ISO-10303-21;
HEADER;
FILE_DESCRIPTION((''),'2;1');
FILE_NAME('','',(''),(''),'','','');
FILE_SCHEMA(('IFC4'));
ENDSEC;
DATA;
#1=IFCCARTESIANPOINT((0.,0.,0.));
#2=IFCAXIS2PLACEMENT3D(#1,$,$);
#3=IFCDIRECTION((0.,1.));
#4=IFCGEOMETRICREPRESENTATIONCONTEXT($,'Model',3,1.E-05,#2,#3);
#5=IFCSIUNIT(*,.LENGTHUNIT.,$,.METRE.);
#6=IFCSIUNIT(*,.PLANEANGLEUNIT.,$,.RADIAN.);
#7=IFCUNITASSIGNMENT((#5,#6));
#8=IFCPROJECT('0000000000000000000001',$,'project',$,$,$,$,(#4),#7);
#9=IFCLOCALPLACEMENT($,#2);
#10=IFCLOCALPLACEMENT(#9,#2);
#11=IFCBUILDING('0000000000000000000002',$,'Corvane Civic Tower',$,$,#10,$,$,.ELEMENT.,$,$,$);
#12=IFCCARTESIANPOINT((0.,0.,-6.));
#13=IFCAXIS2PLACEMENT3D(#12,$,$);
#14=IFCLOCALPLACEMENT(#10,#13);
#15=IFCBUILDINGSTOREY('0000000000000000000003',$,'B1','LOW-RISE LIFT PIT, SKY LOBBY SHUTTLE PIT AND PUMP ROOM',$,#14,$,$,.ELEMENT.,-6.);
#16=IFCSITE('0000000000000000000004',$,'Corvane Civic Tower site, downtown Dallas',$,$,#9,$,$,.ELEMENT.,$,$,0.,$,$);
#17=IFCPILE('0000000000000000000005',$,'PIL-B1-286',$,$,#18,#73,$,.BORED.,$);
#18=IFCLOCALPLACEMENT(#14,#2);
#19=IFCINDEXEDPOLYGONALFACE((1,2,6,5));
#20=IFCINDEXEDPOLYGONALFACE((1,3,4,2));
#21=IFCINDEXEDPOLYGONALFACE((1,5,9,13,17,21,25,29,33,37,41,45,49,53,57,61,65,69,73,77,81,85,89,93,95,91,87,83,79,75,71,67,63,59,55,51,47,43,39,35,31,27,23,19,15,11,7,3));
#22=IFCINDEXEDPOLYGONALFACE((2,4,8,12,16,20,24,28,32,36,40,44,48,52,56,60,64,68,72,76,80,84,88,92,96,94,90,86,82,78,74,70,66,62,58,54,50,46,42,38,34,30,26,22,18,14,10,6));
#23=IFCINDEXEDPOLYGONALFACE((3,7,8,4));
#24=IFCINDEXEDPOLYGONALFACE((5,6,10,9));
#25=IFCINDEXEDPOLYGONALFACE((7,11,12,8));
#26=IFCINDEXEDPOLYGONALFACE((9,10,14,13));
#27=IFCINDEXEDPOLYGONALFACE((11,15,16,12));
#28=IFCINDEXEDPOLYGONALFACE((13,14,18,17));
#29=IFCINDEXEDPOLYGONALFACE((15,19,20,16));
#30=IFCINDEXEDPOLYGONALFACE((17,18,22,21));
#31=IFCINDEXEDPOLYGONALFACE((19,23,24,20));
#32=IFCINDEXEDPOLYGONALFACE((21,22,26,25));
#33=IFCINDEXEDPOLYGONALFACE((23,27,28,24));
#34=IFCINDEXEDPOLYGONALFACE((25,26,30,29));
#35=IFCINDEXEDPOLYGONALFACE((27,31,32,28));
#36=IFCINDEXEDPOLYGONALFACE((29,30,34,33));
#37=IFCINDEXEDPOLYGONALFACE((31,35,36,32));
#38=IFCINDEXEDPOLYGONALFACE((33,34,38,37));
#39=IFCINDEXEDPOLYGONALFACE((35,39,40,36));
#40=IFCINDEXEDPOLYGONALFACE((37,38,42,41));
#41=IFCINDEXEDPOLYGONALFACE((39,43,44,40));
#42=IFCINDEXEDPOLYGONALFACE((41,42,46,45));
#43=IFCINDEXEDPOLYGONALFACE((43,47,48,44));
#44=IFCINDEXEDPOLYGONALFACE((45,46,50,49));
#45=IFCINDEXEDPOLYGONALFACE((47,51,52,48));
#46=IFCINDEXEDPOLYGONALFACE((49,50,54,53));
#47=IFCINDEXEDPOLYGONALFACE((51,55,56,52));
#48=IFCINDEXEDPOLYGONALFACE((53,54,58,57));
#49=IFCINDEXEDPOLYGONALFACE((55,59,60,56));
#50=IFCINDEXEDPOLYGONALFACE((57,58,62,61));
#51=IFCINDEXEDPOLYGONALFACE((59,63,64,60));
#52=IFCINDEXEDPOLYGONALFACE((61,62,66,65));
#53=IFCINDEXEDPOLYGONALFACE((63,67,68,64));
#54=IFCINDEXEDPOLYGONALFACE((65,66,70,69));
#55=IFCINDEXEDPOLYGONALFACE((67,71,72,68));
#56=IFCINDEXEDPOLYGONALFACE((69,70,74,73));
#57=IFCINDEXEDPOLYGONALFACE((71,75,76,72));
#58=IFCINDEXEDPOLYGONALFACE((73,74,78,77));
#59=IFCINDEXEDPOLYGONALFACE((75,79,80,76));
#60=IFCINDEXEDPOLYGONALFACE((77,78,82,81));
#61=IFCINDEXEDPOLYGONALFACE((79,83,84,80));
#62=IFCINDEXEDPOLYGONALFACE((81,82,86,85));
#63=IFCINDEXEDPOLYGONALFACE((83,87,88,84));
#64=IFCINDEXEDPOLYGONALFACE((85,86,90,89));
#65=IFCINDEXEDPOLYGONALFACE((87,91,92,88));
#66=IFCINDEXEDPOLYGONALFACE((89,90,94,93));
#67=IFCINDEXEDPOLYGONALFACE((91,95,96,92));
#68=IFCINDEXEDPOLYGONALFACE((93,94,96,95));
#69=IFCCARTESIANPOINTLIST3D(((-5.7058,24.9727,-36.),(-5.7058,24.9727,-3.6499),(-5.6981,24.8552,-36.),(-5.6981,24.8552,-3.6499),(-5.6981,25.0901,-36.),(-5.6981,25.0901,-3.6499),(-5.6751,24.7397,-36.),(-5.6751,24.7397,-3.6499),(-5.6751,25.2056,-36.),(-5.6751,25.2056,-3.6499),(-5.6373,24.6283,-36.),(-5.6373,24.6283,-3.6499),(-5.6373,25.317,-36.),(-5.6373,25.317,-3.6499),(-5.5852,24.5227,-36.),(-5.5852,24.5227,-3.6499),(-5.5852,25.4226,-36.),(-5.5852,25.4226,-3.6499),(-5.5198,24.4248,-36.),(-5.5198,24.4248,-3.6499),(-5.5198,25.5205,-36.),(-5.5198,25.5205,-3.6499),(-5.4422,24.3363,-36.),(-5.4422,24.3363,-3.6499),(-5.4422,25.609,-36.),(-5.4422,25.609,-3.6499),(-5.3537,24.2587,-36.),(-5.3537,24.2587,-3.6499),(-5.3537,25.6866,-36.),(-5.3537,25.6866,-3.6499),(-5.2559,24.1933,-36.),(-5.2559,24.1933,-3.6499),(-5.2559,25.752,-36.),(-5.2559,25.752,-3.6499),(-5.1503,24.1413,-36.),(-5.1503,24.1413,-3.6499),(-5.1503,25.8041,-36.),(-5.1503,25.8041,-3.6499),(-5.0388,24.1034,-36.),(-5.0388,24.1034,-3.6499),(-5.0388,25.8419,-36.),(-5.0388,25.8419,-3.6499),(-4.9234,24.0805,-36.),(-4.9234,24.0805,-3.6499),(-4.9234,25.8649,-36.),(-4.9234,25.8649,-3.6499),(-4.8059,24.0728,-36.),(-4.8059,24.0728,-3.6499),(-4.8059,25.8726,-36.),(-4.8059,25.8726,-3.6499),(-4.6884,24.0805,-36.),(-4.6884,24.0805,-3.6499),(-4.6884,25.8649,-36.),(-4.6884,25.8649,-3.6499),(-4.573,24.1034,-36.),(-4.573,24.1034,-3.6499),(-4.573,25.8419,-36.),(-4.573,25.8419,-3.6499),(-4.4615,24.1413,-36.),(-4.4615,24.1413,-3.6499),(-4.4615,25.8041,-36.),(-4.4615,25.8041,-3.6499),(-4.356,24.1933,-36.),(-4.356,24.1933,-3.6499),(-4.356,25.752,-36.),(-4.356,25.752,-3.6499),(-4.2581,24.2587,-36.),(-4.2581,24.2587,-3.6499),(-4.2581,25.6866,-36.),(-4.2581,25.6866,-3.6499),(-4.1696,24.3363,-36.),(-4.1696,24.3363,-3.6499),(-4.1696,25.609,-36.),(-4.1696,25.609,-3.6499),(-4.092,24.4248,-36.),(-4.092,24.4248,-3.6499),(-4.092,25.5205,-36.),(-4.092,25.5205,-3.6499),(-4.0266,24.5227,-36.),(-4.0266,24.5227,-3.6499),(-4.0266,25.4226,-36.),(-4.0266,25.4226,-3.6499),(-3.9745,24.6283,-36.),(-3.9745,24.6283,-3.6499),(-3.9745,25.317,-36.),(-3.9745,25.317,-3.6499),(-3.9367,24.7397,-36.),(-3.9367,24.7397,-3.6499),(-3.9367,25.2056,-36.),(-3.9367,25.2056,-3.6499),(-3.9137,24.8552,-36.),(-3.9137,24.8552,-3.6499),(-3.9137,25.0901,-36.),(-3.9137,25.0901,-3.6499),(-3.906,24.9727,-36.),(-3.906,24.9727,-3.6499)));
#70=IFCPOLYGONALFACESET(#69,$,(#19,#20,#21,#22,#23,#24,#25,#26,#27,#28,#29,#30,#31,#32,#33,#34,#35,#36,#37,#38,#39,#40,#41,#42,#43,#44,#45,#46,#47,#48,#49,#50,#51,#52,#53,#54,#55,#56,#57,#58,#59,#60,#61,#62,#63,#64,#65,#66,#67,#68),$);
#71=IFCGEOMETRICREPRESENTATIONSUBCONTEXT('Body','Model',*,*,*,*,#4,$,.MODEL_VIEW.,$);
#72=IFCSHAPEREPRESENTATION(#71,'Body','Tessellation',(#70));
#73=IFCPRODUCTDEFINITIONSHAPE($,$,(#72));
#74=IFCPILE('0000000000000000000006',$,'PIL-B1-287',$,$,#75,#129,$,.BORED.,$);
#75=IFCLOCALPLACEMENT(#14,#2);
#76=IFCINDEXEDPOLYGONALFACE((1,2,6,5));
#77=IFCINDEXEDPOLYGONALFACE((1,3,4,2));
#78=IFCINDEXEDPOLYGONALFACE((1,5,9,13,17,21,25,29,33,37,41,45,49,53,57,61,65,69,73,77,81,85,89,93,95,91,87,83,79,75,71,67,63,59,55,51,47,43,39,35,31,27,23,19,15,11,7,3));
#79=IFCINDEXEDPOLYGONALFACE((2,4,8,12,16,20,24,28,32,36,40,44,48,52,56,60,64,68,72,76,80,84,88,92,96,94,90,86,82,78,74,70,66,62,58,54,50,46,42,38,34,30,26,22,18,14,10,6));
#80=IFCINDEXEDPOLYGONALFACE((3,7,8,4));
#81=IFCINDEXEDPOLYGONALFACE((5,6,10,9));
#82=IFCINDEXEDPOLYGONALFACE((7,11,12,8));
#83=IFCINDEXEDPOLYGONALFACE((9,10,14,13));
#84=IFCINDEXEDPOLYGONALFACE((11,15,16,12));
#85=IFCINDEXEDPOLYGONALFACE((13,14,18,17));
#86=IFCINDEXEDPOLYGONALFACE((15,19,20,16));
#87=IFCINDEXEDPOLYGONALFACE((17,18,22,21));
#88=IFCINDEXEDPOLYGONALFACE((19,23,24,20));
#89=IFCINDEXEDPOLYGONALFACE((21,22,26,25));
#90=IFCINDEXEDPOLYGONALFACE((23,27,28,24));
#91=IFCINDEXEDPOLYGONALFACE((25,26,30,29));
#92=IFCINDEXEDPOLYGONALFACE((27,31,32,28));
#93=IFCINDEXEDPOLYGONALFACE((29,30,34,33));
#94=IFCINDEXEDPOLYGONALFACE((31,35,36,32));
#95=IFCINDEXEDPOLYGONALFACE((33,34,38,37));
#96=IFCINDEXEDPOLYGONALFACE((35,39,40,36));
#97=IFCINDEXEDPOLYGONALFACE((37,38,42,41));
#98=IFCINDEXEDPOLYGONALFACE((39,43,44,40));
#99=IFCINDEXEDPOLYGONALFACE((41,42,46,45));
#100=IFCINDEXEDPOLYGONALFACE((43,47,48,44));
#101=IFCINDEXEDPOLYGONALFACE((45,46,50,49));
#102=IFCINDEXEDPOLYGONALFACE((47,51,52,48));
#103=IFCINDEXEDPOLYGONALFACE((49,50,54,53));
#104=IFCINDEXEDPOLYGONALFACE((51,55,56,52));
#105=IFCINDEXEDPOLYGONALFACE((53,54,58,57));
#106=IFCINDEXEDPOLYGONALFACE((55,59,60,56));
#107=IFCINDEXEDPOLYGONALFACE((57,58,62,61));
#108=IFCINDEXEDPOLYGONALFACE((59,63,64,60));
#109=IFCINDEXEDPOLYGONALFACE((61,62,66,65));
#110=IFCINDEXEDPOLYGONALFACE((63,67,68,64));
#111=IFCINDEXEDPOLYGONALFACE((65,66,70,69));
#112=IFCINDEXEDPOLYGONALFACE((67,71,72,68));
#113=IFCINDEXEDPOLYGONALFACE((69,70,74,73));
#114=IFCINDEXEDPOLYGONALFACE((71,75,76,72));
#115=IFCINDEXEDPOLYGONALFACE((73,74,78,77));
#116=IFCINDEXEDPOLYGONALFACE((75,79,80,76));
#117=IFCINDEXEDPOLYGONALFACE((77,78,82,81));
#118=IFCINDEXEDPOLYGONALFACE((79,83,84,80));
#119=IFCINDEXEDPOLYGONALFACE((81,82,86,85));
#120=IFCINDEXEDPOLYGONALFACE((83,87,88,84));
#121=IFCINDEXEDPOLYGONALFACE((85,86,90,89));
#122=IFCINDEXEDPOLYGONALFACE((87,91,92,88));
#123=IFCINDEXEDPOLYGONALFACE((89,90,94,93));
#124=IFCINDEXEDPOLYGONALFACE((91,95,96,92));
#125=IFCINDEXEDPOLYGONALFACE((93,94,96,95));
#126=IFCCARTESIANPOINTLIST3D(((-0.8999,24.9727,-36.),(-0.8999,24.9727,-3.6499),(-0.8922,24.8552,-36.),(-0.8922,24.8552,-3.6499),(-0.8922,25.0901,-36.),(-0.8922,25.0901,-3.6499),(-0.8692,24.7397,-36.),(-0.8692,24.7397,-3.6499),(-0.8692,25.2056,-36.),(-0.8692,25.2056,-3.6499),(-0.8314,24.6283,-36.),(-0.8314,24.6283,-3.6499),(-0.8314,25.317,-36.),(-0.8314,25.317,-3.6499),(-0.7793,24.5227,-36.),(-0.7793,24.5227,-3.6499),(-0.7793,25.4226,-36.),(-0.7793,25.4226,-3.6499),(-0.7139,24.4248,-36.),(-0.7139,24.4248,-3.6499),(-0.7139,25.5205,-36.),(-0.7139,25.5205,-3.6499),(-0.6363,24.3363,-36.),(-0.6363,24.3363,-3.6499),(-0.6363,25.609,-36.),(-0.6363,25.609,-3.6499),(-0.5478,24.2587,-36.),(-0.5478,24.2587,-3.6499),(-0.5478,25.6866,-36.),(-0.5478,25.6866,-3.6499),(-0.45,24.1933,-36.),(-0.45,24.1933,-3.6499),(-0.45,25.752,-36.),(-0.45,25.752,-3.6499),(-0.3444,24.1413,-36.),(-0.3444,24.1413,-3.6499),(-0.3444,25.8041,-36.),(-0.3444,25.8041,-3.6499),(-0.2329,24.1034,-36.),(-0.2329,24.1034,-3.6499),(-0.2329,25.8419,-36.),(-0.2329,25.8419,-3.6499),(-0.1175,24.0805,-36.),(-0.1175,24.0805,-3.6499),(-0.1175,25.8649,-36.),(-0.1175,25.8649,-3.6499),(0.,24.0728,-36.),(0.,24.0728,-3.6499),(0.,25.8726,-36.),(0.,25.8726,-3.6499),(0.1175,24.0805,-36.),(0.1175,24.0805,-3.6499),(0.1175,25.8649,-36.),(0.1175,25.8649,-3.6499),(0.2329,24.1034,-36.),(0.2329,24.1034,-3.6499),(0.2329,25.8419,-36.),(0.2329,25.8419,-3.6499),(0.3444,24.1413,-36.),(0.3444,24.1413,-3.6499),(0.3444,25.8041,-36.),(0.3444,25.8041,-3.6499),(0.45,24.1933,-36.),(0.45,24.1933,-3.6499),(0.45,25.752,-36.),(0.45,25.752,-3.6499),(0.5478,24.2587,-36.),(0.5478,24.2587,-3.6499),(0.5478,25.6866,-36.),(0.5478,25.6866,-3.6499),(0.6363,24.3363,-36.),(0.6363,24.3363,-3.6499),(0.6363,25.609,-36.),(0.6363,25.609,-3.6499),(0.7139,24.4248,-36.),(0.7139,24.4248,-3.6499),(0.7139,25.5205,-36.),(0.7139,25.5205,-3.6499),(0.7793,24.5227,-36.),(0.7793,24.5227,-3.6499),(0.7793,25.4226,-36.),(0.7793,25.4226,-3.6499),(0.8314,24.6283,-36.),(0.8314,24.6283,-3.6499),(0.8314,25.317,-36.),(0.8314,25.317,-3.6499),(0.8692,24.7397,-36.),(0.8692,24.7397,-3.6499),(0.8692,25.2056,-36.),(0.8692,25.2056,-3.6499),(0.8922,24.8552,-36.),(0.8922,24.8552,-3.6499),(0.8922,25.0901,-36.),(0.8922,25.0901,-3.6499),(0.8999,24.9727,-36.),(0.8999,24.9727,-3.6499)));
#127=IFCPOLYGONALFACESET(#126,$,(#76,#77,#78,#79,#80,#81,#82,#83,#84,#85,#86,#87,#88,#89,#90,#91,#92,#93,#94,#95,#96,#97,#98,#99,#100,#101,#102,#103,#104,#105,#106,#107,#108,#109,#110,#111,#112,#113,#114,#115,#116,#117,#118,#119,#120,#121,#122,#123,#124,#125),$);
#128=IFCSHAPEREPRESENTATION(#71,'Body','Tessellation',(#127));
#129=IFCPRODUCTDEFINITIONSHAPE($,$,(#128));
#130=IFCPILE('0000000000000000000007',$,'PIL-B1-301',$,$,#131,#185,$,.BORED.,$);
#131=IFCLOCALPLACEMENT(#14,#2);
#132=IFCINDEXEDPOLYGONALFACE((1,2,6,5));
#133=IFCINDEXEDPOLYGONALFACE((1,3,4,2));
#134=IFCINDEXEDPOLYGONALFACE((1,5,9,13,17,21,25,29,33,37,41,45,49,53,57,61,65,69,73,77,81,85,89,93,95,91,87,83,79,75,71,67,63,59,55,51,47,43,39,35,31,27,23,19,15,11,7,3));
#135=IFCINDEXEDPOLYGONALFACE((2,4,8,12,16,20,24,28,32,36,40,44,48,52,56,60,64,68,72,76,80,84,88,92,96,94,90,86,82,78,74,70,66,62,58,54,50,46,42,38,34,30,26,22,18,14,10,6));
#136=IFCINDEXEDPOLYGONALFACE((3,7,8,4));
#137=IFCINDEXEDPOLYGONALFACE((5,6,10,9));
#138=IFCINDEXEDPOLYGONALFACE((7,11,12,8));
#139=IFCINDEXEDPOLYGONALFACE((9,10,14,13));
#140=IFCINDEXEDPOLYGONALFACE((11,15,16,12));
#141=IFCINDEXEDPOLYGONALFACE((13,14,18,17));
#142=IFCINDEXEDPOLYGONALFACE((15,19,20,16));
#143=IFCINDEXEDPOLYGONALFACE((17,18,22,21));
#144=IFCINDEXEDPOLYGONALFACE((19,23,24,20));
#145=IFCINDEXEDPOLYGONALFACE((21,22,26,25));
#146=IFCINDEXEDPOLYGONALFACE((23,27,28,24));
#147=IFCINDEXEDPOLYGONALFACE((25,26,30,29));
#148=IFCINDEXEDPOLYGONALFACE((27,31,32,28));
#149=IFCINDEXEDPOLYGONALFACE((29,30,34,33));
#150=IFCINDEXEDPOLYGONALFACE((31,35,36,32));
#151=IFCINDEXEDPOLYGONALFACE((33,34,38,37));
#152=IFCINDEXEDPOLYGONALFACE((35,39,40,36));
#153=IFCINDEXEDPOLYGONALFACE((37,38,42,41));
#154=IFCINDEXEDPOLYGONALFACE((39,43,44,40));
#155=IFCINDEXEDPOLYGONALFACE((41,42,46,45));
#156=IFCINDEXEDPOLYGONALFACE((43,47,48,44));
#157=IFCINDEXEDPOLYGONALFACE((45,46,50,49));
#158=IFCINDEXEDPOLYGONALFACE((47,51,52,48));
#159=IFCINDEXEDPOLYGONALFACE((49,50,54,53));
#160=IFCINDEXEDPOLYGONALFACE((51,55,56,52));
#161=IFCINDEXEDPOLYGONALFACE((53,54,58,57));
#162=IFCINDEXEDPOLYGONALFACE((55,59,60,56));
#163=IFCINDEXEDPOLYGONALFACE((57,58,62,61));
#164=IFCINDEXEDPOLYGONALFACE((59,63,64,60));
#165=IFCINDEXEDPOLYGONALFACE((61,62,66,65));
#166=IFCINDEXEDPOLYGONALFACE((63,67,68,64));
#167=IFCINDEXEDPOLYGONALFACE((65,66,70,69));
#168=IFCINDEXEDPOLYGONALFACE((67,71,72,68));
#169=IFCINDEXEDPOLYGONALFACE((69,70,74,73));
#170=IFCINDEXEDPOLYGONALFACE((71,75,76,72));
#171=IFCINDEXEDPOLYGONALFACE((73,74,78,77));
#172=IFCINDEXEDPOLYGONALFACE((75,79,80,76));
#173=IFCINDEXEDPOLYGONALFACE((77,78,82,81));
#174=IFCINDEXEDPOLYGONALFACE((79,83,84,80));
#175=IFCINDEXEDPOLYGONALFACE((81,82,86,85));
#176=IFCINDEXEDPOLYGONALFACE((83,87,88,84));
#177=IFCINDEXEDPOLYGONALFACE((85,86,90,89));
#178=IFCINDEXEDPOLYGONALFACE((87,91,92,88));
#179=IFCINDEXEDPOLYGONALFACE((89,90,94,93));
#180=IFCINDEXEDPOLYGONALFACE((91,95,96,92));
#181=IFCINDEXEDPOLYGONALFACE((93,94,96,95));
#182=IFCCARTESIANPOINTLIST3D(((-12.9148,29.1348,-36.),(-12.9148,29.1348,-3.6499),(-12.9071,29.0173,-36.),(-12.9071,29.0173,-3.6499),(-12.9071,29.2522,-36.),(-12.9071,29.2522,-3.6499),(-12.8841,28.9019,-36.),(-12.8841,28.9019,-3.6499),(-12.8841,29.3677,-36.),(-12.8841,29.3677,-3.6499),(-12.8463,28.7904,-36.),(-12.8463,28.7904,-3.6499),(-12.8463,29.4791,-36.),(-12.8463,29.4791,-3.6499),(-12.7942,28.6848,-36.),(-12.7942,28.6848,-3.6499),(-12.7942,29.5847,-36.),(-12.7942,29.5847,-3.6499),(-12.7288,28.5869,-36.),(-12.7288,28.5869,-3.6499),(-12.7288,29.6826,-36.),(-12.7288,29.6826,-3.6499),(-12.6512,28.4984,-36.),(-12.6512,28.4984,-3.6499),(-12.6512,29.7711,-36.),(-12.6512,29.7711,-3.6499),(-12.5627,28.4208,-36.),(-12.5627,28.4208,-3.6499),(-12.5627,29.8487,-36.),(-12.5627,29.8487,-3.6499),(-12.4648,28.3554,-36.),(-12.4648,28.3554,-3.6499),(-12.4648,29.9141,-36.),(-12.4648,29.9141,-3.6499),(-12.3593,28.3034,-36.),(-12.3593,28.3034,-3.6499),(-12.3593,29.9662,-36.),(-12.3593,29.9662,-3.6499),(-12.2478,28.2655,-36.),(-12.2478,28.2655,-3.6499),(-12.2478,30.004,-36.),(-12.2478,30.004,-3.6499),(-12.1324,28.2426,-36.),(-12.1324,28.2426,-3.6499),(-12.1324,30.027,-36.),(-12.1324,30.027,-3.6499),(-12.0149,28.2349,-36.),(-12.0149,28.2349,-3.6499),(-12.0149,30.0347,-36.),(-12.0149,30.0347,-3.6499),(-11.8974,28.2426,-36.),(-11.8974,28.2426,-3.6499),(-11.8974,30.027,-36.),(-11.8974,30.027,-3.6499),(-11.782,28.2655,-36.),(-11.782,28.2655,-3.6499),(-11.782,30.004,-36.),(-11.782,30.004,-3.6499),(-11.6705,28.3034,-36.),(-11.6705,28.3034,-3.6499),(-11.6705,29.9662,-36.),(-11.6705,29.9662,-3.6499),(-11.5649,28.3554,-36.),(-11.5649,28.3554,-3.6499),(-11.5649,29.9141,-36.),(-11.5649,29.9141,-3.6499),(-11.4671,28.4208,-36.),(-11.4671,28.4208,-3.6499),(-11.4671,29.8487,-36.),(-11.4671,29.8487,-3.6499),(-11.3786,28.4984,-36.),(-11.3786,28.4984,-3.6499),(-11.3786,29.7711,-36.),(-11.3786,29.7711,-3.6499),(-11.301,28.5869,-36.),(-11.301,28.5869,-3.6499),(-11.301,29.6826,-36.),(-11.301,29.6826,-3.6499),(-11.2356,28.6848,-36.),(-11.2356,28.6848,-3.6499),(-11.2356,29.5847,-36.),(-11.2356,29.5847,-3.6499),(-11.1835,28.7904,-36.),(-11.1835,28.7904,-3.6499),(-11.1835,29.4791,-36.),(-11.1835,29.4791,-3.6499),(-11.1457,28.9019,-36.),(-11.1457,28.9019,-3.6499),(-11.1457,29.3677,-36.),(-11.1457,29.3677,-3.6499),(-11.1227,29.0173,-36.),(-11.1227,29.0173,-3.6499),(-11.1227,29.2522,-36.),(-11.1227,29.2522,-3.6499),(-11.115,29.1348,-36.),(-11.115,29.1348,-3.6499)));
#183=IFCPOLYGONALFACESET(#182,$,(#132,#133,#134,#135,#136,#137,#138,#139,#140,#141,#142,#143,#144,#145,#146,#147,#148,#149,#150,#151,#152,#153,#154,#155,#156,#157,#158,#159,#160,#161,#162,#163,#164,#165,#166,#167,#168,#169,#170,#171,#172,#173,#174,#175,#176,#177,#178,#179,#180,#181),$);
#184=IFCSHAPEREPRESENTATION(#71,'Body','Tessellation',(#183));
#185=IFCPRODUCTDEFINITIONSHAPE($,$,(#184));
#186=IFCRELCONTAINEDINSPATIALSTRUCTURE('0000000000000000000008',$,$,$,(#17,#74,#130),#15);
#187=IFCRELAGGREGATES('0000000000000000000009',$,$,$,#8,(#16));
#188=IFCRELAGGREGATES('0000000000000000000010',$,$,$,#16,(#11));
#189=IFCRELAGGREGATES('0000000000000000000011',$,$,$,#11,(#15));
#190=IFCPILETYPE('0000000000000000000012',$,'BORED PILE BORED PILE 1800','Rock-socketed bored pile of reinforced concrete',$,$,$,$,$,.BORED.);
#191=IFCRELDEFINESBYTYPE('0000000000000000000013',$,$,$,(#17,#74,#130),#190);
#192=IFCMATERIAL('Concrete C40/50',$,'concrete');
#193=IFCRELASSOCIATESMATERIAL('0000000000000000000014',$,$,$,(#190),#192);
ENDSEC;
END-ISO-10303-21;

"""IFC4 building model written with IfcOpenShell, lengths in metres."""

from ifc_helpers import new_model, si_unit, direction, frame, origin, origin_2d, place, context, subcontext, project, spatial, circle, extrude, material, material_profile, profile_set, type_object, element, save


model = new_model("IFC4")

# Units and contexts
model_context = context("Model", 3, precision=1e-05, world=origin(), true_north=direction((0.0, 1.0)))
body_context = subcontext(model_context, "Body", "Model", "MODEL_VIEW")
ifc_project = project(units=[si_unit("LENGTHUNIT", "METRE"), si_unit("PLANEANGLEUNIT", "RADIAN")], contexts=[model_context])

# Site, building, storey
site_placement = place(None, origin())
site = spatial("IfcSite", under=ifc_project, at=site_placement, Name="Corvane Civic Tower site, downtown Dallas", CompositionType="ELEMENT", RefElevation=0.0)
building_placement = place(site_placement, origin())
building = spatial("IfcBuilding", under=site, at=building_placement, Name="Corvane Civic Tower", CompositionType="ELEMENT")
storey_placement = place(building_placement, frame((0.0, 0.0, -6.0)))
storey = spatial("IfcBuildingStorey", under=building, at=storey_placement, Name="B1", Description="LOW-RISE LIFT PIT, SKY LOBBY SHUTTLE PIT AND PUMP ROOM", CompositionType="ELEMENT", Elevation=-6.0)

# Piles
ifc_material_1 = material(Name="Concrete C40/50", Category="concrete")
ifc_material_profile = material_profile(ifc_material_1, circle(Radius=0.8999, at=origin_2d()), Name="BORED PILE 1800")
ifc_profile_set = profile_set([ifc_material_profile], Name="Concrete C40/50")
pile_type = type_object("IfcPileType", Name="BORED PILE BORED PILE 1800", Description="Rock-socketed bored pile of reinforced concrete", PredefinedType="BORED", material=ifc_profile_set)
for number, where, z_axis, x_axis, name in (
    (1, (-4.8059, 24.9727, -3.6499), (0.0, 0.0, -1.0), (1.0, 0.0, 0.0), "PIL-B1-286"),
    (2, (0.0, 24.9727, -3.6499), (0.0, 0.0, -1.0), (1.0, 0.0, 0.0), "PIL-B1-287"),
    (3, (-12.0149, 29.1348, -3.6499), (0.0, 0.0, -1.0), (1.0, 0.0, 0.0), "PIL-B1-301"),
):
    element("IfcPile", number, at=place(storey_placement, frame(where, z_axis=z_axis, x_axis=x_axis)), inside=storey, type_object=pile_type, Name=name, PredefinedType="BORED", context=body_context, shape_type="SweptSolid", body=[
        extrude(circle(Radius=0.8999, at=origin_2d()), origin(), (0.0, 0.0, 1.0), 32.3501),
    ])

save(model, "model.ifc")
